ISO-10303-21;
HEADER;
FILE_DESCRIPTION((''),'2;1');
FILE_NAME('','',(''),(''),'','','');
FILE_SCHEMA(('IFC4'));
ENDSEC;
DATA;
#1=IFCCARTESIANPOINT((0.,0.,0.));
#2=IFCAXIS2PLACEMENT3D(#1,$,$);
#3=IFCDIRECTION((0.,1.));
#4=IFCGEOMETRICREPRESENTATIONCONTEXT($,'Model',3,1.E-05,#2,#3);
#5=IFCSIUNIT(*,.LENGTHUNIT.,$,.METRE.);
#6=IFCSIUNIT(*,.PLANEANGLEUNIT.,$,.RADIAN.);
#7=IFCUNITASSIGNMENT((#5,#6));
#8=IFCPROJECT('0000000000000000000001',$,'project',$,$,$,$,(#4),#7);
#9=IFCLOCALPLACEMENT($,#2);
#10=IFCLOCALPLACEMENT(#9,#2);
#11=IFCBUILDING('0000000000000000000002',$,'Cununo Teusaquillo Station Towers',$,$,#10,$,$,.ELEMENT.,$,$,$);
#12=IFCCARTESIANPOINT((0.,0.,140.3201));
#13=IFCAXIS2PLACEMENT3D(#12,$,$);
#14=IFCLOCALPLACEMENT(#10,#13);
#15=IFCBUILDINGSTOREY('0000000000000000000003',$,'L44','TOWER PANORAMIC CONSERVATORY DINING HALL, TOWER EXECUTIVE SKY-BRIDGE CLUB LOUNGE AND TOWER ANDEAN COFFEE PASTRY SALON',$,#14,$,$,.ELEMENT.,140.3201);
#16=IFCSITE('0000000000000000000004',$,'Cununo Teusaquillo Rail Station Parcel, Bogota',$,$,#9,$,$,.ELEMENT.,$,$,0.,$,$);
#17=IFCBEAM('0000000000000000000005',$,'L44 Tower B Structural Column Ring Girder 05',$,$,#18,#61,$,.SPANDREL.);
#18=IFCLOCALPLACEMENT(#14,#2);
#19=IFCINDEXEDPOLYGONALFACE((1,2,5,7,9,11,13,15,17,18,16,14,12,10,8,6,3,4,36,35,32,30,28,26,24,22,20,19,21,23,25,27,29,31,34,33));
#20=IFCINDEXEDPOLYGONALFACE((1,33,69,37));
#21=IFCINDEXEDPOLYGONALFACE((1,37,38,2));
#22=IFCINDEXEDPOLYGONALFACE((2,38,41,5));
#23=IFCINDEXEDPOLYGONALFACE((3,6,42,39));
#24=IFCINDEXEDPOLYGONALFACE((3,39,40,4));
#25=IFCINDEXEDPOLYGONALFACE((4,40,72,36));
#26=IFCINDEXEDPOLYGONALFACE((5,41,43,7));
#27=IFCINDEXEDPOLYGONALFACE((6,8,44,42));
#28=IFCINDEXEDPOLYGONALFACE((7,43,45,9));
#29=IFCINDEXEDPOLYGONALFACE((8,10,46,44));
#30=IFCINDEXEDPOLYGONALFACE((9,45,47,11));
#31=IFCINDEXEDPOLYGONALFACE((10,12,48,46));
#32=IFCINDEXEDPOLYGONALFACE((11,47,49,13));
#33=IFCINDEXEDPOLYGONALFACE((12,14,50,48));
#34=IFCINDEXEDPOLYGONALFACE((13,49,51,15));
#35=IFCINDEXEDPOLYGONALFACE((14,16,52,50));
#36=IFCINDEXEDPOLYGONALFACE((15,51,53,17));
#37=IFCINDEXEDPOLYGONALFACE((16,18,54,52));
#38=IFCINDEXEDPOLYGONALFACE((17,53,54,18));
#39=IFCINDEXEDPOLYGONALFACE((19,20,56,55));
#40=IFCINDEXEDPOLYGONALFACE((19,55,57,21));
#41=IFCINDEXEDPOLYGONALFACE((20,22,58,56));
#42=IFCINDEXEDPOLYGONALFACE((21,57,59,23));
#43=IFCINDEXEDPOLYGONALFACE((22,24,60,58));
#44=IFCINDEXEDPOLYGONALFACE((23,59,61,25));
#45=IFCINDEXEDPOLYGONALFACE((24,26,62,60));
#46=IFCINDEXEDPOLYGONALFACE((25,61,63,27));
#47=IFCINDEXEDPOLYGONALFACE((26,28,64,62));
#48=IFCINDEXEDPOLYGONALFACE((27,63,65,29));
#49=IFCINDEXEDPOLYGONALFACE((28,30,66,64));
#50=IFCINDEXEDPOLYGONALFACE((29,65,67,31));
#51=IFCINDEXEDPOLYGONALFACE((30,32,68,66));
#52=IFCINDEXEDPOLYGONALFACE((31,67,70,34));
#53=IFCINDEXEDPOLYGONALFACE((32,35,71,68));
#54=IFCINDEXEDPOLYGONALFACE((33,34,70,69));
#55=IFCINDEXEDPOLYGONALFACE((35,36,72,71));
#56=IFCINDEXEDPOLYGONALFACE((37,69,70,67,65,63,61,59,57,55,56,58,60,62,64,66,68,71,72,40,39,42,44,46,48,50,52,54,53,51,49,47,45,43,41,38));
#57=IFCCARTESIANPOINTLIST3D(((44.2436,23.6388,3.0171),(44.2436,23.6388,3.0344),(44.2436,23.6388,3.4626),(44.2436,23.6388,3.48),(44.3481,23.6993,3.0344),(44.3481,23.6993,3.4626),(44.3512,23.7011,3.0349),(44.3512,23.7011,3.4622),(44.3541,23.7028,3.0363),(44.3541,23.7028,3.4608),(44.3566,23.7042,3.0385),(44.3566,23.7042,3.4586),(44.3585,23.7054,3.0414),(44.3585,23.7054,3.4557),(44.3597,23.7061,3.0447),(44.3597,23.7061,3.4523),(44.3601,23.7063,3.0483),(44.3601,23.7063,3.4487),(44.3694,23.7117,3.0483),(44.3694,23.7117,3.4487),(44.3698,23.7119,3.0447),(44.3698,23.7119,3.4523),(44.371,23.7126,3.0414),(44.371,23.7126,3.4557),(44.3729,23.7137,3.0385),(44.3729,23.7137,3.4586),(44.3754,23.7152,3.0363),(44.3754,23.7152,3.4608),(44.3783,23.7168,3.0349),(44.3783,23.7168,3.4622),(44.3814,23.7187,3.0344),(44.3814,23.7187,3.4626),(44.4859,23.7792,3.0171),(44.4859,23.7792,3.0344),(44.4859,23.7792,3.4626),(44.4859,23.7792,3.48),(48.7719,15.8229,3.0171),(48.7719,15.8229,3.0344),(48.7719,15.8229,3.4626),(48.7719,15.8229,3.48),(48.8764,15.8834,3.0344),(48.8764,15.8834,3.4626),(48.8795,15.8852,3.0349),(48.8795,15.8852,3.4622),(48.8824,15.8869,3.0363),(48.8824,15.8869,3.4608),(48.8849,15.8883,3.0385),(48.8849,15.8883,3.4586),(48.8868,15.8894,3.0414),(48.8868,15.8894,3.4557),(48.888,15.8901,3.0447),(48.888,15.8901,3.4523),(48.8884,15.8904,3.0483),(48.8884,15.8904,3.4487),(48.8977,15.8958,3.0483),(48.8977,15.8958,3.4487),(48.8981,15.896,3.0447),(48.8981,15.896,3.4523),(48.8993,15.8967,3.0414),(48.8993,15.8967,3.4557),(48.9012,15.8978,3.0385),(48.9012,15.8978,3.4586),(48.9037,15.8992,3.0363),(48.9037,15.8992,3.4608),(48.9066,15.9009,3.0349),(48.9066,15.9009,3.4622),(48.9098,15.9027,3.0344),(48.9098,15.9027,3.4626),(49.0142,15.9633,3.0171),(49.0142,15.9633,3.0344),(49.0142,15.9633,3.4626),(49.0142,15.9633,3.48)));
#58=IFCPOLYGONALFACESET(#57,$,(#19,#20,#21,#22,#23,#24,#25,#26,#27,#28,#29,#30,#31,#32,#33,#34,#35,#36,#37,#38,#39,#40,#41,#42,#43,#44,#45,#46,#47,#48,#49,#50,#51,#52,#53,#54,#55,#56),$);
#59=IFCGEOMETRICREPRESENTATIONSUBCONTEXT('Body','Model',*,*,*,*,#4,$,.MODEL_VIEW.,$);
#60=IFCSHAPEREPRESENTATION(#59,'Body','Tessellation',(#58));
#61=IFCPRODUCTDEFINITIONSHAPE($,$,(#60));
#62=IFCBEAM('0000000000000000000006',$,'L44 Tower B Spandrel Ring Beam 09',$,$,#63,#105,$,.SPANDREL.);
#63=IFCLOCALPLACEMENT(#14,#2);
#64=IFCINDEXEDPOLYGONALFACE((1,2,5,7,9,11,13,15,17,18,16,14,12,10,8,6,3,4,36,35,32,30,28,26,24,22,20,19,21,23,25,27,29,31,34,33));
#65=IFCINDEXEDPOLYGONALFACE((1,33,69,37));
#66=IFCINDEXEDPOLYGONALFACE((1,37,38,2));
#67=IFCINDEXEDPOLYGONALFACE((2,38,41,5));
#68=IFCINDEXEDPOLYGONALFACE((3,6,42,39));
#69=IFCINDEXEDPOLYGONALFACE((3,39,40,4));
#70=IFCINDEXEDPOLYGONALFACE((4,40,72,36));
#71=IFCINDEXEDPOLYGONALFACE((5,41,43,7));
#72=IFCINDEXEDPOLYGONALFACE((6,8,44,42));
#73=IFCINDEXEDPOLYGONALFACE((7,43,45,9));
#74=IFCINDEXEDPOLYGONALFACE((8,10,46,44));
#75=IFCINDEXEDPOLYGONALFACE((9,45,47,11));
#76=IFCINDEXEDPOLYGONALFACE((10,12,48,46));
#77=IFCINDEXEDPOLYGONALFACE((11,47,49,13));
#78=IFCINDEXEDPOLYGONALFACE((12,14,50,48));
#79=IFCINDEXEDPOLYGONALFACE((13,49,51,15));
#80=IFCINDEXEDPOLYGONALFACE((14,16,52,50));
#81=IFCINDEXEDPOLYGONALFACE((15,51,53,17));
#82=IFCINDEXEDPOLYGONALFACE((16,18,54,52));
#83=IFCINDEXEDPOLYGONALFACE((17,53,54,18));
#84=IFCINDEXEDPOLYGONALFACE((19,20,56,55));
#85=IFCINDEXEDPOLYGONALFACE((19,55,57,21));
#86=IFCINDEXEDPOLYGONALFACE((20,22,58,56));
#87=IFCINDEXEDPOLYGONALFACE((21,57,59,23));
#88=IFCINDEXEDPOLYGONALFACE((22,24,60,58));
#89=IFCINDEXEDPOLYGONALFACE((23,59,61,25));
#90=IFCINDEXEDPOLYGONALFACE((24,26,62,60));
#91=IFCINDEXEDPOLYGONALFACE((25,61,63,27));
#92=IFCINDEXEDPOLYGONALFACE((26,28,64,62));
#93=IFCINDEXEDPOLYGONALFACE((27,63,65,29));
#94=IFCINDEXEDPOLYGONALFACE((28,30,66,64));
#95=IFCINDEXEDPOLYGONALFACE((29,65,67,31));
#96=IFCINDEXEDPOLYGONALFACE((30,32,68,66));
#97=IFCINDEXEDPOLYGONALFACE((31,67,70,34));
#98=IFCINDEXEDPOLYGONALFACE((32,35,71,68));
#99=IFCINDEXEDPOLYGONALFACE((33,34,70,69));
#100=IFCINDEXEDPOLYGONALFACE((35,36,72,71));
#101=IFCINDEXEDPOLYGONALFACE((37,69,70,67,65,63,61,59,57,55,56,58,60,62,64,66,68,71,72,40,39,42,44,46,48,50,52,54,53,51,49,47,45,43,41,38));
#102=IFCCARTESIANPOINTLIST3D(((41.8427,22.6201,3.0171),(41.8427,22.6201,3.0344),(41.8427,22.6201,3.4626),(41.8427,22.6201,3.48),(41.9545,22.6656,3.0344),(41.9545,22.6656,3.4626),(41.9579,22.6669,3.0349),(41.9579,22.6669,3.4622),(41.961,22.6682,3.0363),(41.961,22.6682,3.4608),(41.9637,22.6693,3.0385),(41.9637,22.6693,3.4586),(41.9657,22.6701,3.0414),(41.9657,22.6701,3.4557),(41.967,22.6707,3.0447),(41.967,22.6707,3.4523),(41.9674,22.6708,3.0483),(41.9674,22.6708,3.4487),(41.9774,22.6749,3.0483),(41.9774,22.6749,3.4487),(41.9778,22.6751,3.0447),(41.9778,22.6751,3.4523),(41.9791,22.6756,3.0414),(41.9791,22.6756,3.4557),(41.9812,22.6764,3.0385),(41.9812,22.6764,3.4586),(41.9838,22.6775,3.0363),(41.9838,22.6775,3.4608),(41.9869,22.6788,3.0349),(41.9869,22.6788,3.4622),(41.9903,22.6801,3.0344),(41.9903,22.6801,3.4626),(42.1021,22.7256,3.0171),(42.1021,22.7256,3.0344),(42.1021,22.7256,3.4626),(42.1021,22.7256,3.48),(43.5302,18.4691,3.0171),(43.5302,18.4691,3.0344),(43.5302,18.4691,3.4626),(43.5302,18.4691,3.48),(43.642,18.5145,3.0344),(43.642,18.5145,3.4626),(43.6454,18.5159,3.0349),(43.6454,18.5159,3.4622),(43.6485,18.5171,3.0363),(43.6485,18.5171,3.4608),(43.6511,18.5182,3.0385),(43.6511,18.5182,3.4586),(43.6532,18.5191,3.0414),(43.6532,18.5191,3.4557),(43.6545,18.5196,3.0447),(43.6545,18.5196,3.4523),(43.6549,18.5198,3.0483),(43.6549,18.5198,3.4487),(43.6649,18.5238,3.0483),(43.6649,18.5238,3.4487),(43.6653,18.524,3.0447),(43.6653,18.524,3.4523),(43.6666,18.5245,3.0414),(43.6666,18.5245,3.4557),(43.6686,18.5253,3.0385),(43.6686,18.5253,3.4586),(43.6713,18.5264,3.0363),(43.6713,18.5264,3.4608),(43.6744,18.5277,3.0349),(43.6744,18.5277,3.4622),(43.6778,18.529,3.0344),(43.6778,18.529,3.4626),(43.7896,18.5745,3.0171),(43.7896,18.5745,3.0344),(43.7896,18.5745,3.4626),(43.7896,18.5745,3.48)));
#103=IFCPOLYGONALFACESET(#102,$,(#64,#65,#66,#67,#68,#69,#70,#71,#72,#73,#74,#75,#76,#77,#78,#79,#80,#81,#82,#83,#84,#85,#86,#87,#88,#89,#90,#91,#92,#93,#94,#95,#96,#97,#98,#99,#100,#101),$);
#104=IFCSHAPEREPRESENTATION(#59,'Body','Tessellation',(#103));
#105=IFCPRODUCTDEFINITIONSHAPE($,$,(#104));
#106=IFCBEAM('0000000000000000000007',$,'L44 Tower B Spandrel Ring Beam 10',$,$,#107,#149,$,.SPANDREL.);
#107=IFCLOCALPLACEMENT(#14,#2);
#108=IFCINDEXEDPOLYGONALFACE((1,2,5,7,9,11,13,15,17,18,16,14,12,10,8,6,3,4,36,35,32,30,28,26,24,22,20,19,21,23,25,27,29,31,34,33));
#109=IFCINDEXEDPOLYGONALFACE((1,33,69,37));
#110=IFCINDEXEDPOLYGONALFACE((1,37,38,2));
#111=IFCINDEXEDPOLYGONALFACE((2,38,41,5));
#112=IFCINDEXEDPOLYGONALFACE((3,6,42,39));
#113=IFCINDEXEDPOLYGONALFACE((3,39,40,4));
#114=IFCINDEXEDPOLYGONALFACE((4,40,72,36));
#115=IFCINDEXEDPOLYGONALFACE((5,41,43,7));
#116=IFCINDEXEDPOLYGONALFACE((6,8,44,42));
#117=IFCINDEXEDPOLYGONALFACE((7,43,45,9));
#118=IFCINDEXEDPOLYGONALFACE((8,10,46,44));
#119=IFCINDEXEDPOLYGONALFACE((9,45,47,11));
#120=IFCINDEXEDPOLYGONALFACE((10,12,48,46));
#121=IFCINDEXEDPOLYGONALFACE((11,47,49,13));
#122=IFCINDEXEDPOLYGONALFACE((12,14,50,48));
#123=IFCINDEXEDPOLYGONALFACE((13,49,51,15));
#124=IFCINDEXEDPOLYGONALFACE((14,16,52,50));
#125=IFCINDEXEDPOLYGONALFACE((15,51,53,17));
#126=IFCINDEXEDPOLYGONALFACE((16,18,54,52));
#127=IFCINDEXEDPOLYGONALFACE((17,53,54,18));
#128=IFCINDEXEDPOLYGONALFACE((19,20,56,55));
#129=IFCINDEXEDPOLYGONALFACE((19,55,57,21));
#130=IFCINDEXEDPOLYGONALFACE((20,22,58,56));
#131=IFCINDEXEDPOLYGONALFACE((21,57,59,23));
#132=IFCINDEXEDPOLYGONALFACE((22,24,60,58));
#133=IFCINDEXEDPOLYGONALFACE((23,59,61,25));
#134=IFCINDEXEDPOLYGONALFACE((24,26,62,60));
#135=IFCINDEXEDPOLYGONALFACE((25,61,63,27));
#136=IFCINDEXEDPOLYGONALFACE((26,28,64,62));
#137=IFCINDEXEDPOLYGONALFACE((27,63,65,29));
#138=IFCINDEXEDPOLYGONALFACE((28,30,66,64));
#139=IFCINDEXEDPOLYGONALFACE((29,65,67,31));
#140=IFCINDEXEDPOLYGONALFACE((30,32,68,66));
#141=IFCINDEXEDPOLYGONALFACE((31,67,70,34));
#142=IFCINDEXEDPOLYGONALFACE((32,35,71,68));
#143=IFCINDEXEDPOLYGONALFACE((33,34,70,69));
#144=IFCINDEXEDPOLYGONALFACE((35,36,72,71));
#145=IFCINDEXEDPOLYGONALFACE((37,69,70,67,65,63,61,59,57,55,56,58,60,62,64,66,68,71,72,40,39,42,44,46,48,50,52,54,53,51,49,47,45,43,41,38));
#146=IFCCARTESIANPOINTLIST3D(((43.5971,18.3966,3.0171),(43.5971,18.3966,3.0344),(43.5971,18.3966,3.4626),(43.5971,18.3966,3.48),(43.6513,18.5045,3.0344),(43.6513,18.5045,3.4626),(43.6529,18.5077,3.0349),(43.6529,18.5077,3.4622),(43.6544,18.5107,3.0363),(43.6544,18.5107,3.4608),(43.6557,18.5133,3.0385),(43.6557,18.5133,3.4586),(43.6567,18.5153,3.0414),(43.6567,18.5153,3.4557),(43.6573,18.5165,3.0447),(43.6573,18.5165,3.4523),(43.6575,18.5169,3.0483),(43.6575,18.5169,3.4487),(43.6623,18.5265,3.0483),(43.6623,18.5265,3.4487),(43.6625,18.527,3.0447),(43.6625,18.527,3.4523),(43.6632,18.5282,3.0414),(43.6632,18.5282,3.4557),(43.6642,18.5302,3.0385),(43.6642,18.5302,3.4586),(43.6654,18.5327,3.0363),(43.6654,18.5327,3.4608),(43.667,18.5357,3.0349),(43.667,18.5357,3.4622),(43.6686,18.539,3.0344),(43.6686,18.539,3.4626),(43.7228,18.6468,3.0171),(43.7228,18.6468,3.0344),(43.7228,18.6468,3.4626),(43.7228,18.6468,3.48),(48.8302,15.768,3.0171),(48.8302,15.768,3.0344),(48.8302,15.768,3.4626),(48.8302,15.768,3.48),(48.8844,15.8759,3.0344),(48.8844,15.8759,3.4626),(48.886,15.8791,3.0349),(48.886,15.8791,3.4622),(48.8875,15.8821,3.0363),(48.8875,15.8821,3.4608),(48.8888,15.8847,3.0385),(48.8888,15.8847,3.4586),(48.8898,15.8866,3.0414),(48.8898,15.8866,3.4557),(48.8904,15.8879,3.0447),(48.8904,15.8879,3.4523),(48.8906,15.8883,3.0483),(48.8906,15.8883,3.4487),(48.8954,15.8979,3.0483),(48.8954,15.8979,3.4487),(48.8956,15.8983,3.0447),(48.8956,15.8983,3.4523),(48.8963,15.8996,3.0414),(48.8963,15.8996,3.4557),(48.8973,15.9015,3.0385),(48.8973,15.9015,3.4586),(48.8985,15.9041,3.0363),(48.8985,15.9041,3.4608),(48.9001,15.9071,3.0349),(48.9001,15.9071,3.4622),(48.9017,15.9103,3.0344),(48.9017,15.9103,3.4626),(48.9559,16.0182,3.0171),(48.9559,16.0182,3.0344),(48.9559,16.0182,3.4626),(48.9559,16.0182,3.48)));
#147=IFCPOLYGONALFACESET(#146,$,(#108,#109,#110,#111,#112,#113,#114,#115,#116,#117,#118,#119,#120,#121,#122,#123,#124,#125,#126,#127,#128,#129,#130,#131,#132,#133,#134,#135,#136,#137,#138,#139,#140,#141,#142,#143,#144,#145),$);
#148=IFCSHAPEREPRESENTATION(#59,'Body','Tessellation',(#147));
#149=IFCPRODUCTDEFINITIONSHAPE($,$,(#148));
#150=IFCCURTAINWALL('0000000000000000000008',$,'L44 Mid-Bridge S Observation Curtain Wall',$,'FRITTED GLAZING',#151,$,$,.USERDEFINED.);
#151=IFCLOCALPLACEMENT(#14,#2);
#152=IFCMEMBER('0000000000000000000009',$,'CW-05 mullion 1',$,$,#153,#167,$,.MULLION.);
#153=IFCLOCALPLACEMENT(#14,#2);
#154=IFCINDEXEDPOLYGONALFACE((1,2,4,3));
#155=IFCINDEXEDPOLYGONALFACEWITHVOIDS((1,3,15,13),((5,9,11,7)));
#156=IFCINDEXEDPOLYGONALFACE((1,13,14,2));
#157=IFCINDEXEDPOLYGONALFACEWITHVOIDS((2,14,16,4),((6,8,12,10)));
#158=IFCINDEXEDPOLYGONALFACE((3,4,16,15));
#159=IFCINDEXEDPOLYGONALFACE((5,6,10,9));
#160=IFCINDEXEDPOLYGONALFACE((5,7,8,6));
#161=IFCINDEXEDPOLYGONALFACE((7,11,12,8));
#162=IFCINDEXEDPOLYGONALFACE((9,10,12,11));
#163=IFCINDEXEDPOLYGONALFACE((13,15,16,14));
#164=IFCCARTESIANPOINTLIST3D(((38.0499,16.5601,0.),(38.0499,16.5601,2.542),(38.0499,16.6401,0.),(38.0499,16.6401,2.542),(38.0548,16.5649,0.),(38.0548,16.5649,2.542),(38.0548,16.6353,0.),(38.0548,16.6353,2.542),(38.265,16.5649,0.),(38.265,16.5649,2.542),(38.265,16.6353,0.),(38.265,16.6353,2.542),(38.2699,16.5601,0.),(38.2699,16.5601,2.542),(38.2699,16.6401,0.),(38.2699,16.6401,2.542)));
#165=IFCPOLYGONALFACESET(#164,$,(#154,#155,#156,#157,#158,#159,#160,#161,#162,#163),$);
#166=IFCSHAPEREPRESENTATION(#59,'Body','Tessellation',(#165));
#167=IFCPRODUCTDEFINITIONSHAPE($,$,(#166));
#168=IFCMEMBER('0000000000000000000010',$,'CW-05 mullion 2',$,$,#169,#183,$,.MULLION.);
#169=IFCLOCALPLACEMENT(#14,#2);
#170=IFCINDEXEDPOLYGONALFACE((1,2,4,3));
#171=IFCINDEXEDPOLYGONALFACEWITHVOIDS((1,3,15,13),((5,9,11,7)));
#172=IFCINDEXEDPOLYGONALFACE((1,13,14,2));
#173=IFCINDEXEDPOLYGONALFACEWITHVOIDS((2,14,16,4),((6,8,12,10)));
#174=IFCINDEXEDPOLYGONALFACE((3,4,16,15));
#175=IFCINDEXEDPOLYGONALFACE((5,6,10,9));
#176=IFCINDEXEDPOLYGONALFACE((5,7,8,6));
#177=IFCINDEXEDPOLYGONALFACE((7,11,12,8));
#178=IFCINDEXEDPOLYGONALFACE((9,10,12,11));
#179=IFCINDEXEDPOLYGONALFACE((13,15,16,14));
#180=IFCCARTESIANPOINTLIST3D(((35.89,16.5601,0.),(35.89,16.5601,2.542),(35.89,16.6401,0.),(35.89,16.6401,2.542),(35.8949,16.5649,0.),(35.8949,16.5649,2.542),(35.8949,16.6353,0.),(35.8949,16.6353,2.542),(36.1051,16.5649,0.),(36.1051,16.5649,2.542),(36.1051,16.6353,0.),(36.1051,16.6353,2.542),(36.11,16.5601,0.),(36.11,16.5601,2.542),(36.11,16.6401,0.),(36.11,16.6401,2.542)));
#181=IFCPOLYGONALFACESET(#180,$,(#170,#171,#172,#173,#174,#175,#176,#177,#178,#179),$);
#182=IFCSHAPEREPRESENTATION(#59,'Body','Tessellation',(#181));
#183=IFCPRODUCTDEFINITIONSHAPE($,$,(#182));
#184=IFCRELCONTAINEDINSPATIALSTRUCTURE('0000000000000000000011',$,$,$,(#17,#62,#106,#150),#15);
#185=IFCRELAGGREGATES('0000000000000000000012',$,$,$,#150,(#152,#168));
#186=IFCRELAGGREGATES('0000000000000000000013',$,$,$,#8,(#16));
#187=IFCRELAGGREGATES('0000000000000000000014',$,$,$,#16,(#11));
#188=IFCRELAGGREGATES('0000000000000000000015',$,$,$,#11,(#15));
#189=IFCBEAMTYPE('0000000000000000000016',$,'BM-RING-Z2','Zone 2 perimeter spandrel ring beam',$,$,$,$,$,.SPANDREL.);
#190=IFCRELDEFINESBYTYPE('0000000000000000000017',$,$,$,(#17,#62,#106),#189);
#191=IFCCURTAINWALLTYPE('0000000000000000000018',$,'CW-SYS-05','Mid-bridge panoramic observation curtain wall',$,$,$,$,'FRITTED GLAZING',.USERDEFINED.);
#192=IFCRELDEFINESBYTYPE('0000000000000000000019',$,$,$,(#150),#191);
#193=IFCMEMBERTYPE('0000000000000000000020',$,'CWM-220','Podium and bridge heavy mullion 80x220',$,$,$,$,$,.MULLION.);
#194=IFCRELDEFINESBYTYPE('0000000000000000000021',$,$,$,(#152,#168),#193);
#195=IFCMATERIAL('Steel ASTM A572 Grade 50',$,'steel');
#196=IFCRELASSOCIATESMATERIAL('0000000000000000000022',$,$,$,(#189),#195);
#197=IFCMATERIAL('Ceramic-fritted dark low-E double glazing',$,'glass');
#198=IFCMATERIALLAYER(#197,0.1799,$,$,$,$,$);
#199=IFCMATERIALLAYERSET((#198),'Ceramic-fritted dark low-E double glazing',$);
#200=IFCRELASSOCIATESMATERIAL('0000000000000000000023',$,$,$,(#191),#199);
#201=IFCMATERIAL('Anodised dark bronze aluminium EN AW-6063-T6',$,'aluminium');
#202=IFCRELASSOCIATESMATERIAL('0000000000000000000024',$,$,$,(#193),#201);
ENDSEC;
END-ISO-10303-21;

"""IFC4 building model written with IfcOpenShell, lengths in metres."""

from ifc_helpers import new_model, si_unit, direction, frame, origin, origin_2d, place, context, subcontext, project, spatial, hollow_rectangle, i_section, extrude, material, layer, layer_set, material_profile, profile_set, type_object, element, aggregate, save


model = new_model("IFC4")

# Units and contexts
model_context = context("Model", 3, precision=1e-05, world=origin(), true_north=direction((0.0, 1.0)))
body_context = subcontext(model_context, "Body", "Model", "MODEL_VIEW")
ifc_project = project(units=[si_unit("LENGTHUNIT", "METRE"), si_unit("PLANEANGLEUNIT", "RADIAN")], contexts=[model_context])

# Site, building, storey
site_placement = place(None, origin())
site = spatial("IfcSite", under=ifc_project, at=site_placement, Name="Cununo Teusaquillo Rail Station Parcel, Bogota", CompositionType="ELEMENT", RefElevation=0.0)
building_placement = place(site_placement, origin())
building = spatial("IfcBuilding", under=site, at=building_placement, Name="Cununo Teusaquillo Station Towers", CompositionType="ELEMENT")
storey_placement = place(building_placement, frame((0.0, 0.0, 140.3201)))
storey = spatial("IfcBuildingStorey", under=building, at=storey_placement, Name="L44", Description="TOWER PANORAMIC CONSERVATORY DINING HALL, TOWER EXECUTIVE SKY-BRIDGE CLUB LOUNGE AND TOWER ANDEAN COFFEE PASTRY SALON", CompositionType="ELEMENT", Elevation=140.3201)

# Beams
ifc_material_1 = material(Name="Steel ASTM A572 Grade 50", Category="steel")
ifc_material_profile_1 = material_profile(ifc_material_1, i_section(OverallWidth=0.28, OverallDepth=0.4629, WebThickness=0.0107, FlangeThickness=0.0173, FilletRadius=0.0139, at=origin_2d()), Name="W18X76")
ifc_profile_set_1 = profile_set([ifc_material_profile_1], Name="Steel ASTM A572 Grade 50")
beam_type_1 = type_object("IfcBeamType", Name="BM-RING-Z2", Description="Zone 2 perimeter spandrel ring beam", PredefinedType="SPANDREL", material=ifc_profile_set_1)
beam_1_placement = place(storey_placement, frame((44.3647, 23.709, 3.2485), z_axis=(0.501311, -0.865267, 0.0), x_axis=(0.865267, 0.501311, 0.0)))
element("IfcBeam", 1, at=beam_1_placement, inside=storey, type_object=beam_type_1, Name="L44 Tower B Structural Column Ring Girder 05", PredefinedType="SPANDREL", context=body_context, shape_type="SweptSolid", body=[
    extrude(i_section(OverallWidth=0.28, OverallDepth=0.4629, WebThickness=0.0107, FlangeThickness=0.0173, FilletRadius=0.0139, at=origin_2d()), origin(), (0.0, 0.0, 1.0), 9.033),
])
beam_2_placement = place(storey_placement, frame((41.9724, 22.6729, 3.2485), z_axis=(0.376589, -0.92638, 0.0), x_axis=(0.92638, 0.376589, 0.0)))
element("IfcBeam", 2, at=beam_2_placement, inside=storey, type_object=beam_type_1, Name="L44 Tower B Spandrel Ring Beam 09", PredefinedType="SPANDREL", context=body_context, shape_type="SweptSolid", body=[
    extrude(i_section(OverallWidth=0.28, OverallDepth=0.4629, WebThickness=0.0107, FlangeThickness=0.0173, FilletRadius=0.0139, at=origin_2d()), origin(), (0.0, 0.0, 1.0), 4.481),
])
beam_3_placement = place(storey_placement, frame((43.6599, 18.5217, 3.2485), z_axis=(0.8936, -0.448864, 0.0), x_axis=(0.448864, 0.8936, 0.0)))
element("IfcBeam", 3, at=beam_3_placement, inside=storey, type_object=beam_type_1, Name="L44 Tower B Spandrel Ring Beam 10", PredefinedType="SPANDREL", context=body_context, shape_type="SweptSolid", body=[
    extrude(i_section(OverallWidth=0.28, OverallDepth=0.4629, WebThickness=0.0107, FlangeThickness=0.0173, FilletRadius=0.0139, at=origin_2d()), origin(), (0.0, 0.0, 1.0), 5.8562),
])

# Curtain wall, members
ifc_material_2 = material(Name="Ceramic-fritted dark low-E double glazing", Category="glass")
ifc_layer_1 = layer(ifc_material_2, 0.1799)
ifc_layer_set_1 = layer_set([ifc_layer_1], Name="Ceramic-fritted dark low-E double glazing")
curtain_wall_type = type_object("IfcCurtainWallType", Name="CW-SYS-05", Description="Mid-bridge panoramic observation curtain wall", ElementType="FRITTED GLAZING", PredefinedType="USERDEFINED", material=ifc_layer_set_1)
curtain_wall_placement = place(storey_placement, origin())
curtain_wall = element("IfcCurtainWall", 4, at=curtain_wall_placement, inside=storey, type_object=curtain_wall_type, Name="L44 Mid-Bridge S Observation Curtain Wall", ObjectType="FRITTED GLAZING", PredefinedType="USERDEFINED")
ifc_material_3 = material(Name="Anodised dark bronze aluminium EN AW-6063-T6", Category="aluminium")
ifc_material_profile_2 = material_profile(ifc_material_3, hollow_rectangle(XDim=0.0801, YDim=0.22, WallThickness=0.0049, at=origin_2d()), Name="CW-MULL-80x220")
ifc_profile_set_2 = profile_set([ifc_material_profile_2], Name="Anodised dark bronze aluminium EN AW-6063-T6")
member_type_1 = type_object("IfcMemberType", Name="CWM-220", Description="Podium and bridge heavy mullion 80x220", PredefinedType="MULLION", material=ifc_profile_set_2)
member_1_placement = place(storey_placement, frame((38.1599, 16.6001, 0.0), z_axis=(0.0, 0.0, 1.0), x_axis=(0.0, -1.0, 0.0)))
member_1 = element("IfcMember", 5, at=member_1_placement, type_object=member_type_1, Name="CW-05 mullion 1", PredefinedType="MULLION", context=body_context, shape_type="SweptSolid", body=[
    extrude(hollow_rectangle(XDim=0.0801, YDim=0.22, WallThickness=0.0049, at=origin_2d()), origin(), (0.0, 0.0, 1.0), 2.542),
])
member_2_placement = place(storey_placement, frame((36.0, 16.6001, 0.0), z_axis=(0.0, 0.0, 1.0), x_axis=(0.0, -1.0, 0.0)))
member_2 = element("IfcMember", 6, at=member_2_placement, type_object=member_type_1, Name="CW-05 mullion 2", PredefinedType="MULLION", context=body_context, shape_type="SweptSolid", body=[
    extrude(hollow_rectangle(XDim=0.0801, YDim=0.22, WallThickness=0.0049, at=origin_2d()), origin(), (0.0, 0.0, 1.0), 2.542),
])

aggregate(curtain_wall, [member_1, member_2])

save(model, "model.ifc")
